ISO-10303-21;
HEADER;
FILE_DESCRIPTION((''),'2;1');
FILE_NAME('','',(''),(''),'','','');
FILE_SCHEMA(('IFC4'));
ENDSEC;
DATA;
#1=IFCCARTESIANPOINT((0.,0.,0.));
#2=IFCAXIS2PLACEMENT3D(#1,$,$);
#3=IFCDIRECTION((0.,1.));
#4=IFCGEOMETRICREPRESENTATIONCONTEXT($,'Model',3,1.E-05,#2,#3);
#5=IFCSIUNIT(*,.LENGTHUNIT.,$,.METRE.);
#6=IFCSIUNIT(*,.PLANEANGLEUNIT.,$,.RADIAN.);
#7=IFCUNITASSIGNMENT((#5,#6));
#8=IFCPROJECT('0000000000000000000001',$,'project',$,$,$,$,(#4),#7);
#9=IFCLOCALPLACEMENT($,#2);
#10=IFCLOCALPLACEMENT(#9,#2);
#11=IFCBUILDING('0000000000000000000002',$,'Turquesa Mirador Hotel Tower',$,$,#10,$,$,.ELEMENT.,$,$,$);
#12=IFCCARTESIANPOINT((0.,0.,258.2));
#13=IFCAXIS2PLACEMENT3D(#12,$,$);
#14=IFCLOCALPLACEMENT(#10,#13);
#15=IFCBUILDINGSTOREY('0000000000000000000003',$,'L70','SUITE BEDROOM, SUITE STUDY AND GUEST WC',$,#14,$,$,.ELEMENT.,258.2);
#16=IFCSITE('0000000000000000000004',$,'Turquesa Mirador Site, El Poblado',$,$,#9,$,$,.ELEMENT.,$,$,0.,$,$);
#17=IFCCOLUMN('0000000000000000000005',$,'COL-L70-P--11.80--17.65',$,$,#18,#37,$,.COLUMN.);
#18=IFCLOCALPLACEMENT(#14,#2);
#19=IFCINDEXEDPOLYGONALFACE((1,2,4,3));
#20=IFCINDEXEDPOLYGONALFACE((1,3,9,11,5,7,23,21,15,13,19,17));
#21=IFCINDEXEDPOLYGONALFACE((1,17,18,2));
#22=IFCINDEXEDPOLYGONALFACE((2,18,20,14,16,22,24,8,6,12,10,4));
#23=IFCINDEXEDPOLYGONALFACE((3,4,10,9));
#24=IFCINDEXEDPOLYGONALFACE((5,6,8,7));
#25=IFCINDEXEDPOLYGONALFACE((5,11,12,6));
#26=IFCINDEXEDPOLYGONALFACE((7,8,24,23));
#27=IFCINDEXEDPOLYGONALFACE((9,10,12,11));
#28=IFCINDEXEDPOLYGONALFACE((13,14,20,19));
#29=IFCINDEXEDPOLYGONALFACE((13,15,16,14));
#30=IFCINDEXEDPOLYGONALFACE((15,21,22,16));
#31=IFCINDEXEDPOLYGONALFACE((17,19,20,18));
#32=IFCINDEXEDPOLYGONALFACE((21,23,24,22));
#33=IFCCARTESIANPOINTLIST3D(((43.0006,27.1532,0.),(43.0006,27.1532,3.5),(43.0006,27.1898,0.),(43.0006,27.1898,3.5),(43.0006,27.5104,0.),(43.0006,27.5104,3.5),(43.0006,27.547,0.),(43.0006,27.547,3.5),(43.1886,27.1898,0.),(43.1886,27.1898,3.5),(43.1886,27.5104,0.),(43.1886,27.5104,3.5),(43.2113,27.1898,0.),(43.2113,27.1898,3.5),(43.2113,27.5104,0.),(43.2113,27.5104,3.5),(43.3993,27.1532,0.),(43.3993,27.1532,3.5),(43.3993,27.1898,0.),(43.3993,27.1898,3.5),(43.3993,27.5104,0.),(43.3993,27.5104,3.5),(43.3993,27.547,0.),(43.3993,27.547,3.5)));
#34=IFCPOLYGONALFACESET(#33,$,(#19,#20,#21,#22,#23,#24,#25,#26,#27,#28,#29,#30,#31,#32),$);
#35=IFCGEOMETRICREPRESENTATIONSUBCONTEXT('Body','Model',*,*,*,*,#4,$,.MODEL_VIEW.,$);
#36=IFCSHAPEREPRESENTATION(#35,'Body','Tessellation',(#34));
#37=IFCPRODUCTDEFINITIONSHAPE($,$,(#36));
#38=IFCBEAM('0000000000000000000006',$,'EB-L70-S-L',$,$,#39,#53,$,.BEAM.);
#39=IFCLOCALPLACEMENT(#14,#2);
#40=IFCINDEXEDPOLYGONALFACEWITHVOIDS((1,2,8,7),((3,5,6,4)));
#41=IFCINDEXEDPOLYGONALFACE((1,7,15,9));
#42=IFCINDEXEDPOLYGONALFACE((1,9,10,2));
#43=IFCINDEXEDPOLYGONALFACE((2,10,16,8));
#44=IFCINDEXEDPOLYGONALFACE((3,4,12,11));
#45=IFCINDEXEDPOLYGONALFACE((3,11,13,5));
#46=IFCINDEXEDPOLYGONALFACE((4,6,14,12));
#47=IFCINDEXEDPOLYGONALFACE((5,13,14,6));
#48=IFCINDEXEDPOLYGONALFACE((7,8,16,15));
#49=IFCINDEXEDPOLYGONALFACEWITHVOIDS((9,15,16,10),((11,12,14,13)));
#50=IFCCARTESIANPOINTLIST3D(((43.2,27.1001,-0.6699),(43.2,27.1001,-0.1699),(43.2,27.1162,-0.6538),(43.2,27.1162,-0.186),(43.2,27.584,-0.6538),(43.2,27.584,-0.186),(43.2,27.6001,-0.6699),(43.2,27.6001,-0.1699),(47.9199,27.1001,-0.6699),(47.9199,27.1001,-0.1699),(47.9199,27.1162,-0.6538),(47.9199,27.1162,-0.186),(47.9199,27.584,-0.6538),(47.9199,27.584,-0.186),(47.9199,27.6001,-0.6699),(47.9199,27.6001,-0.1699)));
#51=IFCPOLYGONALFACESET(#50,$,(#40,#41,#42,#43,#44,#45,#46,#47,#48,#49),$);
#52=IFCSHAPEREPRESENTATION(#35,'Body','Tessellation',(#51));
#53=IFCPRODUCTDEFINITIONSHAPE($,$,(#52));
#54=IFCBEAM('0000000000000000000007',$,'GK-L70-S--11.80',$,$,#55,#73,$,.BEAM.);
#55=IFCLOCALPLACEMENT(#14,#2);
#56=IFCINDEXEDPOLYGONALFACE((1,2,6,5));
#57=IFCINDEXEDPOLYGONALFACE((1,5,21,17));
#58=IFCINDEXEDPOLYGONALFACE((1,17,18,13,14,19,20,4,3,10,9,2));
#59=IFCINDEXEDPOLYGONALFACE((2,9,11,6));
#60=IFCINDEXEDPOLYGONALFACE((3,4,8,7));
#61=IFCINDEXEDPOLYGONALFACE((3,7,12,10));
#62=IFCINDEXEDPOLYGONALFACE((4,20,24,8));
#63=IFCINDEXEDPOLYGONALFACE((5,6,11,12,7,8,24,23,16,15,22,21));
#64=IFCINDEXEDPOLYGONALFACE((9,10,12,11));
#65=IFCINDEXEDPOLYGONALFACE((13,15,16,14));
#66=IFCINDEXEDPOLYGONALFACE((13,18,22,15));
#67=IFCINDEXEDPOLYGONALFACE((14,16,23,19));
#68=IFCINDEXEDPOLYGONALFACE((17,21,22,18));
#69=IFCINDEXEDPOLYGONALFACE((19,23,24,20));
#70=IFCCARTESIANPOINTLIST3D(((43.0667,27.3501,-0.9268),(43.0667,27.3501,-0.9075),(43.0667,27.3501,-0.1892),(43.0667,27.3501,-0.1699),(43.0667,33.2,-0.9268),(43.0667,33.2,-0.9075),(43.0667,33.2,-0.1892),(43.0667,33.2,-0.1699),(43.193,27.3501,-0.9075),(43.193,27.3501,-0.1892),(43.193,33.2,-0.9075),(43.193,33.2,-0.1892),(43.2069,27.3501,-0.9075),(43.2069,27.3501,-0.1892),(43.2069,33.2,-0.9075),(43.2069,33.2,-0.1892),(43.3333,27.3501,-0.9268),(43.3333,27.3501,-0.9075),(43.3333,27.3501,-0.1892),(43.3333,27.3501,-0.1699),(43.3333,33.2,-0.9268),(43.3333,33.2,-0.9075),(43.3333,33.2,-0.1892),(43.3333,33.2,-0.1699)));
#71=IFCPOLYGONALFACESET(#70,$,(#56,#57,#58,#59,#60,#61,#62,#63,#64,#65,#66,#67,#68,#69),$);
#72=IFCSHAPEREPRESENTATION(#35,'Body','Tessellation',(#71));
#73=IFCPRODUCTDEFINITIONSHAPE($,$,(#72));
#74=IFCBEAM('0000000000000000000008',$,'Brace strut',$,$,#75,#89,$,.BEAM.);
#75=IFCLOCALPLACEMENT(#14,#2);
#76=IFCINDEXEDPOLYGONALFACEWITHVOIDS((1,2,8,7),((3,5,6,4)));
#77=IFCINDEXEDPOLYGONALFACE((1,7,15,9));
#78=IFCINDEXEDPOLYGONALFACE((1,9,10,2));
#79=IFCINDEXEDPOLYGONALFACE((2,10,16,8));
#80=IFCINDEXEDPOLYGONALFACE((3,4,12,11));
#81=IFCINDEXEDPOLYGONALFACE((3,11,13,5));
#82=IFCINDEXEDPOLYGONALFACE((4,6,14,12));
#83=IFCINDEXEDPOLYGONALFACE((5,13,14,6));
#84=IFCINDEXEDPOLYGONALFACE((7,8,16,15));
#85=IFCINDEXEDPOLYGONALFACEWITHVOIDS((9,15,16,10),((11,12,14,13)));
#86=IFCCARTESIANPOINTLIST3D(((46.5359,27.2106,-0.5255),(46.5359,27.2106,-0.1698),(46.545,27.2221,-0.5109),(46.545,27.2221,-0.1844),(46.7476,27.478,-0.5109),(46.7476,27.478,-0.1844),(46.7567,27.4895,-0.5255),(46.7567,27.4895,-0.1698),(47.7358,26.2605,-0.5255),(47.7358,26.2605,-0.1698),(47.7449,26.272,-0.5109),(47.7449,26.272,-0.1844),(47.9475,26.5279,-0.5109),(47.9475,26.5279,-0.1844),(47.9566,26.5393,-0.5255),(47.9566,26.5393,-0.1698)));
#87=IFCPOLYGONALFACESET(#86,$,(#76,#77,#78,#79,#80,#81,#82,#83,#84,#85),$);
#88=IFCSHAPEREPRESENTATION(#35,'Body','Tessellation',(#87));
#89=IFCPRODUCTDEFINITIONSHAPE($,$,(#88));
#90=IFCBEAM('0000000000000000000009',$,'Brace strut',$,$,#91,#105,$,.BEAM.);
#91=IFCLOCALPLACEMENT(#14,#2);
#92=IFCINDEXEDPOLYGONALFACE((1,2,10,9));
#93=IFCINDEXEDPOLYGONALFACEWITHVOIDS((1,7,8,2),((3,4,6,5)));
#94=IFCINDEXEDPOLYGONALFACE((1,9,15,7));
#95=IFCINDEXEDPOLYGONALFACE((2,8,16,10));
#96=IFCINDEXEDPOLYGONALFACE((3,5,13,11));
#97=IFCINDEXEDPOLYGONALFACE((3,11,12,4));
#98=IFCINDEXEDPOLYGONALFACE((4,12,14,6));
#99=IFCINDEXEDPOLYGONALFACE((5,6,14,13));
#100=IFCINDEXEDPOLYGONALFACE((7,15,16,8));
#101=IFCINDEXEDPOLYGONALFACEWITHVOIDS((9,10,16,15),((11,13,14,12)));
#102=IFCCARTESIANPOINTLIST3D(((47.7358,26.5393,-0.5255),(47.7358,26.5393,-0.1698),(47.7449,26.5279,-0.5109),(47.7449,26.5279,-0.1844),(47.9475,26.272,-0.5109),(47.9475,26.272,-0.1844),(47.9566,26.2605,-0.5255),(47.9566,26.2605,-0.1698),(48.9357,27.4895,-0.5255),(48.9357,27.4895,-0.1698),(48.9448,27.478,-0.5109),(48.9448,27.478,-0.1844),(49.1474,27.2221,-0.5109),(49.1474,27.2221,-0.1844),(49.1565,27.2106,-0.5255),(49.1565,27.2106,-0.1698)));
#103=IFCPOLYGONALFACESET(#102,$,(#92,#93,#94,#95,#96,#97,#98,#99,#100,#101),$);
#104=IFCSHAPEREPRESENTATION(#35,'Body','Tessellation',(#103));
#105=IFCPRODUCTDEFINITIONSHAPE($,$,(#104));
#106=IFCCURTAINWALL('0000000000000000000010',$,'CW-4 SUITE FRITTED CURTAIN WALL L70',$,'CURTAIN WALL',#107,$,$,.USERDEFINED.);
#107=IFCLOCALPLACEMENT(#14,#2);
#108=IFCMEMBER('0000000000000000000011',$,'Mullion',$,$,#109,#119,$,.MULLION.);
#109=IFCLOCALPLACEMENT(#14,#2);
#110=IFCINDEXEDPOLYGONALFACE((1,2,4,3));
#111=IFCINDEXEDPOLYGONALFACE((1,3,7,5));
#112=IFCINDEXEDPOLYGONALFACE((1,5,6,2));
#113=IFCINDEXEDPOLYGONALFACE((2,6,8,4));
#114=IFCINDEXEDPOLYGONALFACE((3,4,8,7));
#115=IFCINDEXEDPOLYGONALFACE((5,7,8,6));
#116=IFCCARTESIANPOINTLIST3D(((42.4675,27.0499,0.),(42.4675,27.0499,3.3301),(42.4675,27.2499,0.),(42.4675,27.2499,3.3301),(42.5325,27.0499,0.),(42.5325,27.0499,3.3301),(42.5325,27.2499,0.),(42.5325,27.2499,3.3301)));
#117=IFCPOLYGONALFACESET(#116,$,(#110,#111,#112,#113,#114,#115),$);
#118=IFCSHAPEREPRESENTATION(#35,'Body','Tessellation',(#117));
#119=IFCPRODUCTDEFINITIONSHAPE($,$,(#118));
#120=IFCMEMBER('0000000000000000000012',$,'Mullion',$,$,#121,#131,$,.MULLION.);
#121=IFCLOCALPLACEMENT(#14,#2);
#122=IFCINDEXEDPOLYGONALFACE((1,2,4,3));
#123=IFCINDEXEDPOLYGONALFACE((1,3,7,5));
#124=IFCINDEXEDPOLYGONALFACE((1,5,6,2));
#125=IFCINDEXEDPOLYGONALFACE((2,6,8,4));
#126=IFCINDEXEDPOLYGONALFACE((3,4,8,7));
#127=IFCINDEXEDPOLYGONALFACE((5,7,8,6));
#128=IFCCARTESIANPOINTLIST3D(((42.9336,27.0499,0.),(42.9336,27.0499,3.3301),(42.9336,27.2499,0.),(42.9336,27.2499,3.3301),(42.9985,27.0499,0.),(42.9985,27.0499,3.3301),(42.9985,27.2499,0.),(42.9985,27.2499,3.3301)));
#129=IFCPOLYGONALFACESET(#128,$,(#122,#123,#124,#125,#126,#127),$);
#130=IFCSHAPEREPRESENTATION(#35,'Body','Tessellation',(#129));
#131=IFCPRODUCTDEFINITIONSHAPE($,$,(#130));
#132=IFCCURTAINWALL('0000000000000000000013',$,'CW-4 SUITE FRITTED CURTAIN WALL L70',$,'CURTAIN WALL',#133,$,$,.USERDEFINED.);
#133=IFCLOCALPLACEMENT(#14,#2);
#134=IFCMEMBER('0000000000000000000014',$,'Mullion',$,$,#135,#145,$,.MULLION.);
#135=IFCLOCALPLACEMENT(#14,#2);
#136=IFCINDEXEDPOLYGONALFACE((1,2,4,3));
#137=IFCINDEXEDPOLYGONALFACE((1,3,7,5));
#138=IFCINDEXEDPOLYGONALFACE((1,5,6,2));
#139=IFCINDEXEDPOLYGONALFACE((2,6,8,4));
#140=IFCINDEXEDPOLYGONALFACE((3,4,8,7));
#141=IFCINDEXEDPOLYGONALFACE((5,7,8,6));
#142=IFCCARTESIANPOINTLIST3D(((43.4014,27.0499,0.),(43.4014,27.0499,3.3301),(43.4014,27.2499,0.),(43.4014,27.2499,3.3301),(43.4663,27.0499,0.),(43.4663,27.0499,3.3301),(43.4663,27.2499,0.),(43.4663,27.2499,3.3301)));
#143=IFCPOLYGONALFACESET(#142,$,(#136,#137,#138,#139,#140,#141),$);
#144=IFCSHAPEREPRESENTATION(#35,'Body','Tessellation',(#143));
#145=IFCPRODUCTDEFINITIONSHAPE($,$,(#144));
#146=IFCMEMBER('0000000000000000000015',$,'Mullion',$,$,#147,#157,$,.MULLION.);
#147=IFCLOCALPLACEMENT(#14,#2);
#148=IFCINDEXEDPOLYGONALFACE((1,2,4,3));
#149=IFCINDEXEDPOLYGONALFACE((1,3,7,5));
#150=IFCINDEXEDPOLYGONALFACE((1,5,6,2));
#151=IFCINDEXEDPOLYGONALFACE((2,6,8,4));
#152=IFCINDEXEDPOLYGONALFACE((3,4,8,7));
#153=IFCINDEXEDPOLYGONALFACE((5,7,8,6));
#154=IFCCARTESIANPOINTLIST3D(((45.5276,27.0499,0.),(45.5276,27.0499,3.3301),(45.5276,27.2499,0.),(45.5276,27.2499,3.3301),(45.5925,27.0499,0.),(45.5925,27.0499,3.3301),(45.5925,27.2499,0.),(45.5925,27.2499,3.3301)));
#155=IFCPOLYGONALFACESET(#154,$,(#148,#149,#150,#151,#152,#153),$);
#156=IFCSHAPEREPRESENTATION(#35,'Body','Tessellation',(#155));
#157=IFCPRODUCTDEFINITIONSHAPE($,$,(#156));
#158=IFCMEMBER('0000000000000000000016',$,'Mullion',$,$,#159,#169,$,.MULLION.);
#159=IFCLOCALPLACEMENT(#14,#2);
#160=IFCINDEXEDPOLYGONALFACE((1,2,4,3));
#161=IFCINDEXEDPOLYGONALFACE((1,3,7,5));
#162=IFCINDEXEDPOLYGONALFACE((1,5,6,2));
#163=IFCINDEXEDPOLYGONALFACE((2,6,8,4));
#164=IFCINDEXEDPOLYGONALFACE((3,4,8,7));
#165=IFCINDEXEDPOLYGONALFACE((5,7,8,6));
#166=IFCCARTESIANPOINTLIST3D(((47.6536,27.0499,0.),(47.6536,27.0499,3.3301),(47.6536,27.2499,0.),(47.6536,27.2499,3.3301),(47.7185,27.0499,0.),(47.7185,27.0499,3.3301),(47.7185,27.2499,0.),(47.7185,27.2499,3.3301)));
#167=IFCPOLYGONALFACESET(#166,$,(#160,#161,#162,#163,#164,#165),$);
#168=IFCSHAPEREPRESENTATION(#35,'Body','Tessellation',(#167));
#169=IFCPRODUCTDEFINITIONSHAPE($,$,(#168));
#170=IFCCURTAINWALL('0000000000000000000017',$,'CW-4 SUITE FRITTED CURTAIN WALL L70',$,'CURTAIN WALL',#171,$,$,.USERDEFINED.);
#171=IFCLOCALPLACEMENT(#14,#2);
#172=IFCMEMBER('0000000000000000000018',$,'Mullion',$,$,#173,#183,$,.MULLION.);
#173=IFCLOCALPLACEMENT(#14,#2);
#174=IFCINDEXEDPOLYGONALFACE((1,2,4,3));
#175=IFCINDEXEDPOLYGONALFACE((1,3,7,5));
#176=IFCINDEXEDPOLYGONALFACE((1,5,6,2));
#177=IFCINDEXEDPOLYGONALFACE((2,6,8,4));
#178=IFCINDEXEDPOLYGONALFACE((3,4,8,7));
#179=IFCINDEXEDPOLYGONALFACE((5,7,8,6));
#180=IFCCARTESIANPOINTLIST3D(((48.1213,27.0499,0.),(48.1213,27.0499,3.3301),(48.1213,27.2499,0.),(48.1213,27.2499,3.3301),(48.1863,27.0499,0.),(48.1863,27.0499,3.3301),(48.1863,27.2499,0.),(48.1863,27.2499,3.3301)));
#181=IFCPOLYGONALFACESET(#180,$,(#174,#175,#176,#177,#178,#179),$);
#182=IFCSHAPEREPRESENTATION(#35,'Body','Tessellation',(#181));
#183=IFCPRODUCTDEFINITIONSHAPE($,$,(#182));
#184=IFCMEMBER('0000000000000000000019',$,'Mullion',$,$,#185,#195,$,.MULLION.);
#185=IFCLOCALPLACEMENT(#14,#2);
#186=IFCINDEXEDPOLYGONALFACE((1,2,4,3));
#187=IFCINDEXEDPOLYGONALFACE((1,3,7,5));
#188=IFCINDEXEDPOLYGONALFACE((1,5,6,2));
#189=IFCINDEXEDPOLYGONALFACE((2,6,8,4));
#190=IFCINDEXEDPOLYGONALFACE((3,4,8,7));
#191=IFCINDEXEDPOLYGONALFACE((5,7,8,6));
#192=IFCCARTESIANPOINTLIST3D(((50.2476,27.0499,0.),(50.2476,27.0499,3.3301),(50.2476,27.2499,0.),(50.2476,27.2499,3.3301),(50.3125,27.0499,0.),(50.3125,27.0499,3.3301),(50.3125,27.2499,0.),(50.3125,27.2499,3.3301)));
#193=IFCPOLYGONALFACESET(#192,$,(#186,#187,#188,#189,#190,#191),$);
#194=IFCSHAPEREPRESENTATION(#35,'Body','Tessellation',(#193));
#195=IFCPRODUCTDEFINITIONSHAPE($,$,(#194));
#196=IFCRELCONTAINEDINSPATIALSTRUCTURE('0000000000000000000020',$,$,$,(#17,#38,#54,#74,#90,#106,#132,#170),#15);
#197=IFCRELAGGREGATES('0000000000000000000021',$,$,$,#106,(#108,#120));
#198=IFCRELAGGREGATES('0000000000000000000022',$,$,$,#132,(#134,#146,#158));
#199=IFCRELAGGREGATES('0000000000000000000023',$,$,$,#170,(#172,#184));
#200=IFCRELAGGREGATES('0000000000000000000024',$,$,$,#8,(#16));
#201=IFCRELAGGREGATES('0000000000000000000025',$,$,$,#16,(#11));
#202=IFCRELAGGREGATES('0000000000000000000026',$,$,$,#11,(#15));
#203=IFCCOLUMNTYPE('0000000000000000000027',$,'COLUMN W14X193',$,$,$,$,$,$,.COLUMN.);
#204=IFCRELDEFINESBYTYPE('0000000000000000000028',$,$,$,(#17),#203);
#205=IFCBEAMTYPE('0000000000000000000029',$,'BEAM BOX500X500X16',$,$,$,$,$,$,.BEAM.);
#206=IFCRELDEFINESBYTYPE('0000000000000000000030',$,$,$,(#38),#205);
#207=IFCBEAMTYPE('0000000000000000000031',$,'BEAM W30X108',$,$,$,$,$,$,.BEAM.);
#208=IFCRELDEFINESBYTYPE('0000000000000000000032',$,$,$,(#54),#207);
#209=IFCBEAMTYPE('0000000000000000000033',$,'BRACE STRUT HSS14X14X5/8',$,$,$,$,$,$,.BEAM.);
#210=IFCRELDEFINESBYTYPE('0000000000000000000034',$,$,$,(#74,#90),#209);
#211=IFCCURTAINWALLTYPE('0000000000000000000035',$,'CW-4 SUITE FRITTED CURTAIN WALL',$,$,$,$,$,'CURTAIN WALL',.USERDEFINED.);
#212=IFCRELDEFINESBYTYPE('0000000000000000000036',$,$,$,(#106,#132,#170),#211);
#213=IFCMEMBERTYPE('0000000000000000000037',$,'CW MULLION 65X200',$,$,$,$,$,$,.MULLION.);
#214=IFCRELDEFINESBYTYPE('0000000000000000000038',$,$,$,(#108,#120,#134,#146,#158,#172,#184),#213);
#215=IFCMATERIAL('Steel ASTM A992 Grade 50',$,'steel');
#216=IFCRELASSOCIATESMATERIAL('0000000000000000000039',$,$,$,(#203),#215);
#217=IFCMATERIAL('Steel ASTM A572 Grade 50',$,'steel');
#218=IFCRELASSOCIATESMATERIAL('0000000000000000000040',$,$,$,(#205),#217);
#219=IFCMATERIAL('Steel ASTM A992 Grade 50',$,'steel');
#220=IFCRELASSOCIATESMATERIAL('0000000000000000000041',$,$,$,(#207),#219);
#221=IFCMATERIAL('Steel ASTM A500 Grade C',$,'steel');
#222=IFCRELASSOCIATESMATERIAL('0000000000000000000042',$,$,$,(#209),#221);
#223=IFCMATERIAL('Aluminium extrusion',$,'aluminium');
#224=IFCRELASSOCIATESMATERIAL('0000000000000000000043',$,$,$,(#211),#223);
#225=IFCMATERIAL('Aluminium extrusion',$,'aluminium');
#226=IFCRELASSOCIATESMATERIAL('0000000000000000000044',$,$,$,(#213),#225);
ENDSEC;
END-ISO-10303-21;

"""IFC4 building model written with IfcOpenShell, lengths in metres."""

from ifc_helpers import new_model, si_unit, direction, frame, origin, origin_2d, place, context, subcontext, project, spatial, rectangle, hollow_rectangle, i_section, extrude, material, material_profile, profile_set, type_object, element, aggregate, save


model = new_model("IFC4")

# Units and contexts
model_context = context("Model", 3, precision=1e-05, world=origin(), true_north=direction((0.0, 1.0)))
body_context = subcontext(model_context, "Body", "Model", "MODEL_VIEW")
ifc_project = project(units=[si_unit("LENGTHUNIT", "METRE"), si_unit("PLANEANGLEUNIT", "RADIAN")], contexts=[model_context])

# Site, building, storey
site_placement = place(None, origin())
site = spatial("IfcSite", under=ifc_project, at=site_placement, Name="Turquesa Mirador Site, El Poblado", CompositionType="ELEMENT", RefElevation=0.0)
building_placement = place(site_placement, origin())
building = spatial("IfcBuilding", under=site, at=building_placement, Name="Turquesa Mirador Hotel Tower", CompositionType="ELEMENT")
storey_placement = place(building_placement, frame((0.0, 0.0, 258.2)))
storey = spatial("IfcBuildingStorey", under=building, at=storey_placement, Name="L70", Description="SUITE BEDROOM, SUITE STUDY AND GUEST WC", CompositionType="ELEMENT", Elevation=258.2)

# Column
ifc_material_1 = material(Name="Steel ASTM A992 Grade 50", Category="steel")
ifc_material_profile_1 = material_profile(ifc_material_1, i_section(OverallWidth=0.3987, OverallDepth=0.3938, WebThickness=0.0227, FlangeThickness=0.0366, at=origin_2d()), Name="W14X193")
ifc_profile_set_1 = profile_set([ifc_material_profile_1], Name="Steel ASTM A992 Grade 50")
column_type = type_object("IfcColumnType", Name="COLUMN W14X193", PredefinedType="COLUMN", material=ifc_profile_set_1)
column_placement = place(storey_placement, frame((43.2, 27.3501, 0.0), z_axis=(0.0, 0.0, 1.0), x_axis=(1.0, 0.0, 0.0)))
element("IfcColumn", 1, at=column_placement, inside=storey, type_object=column_type, Name="COL-L70-P--11.80--17.65", PredefinedType="COLUMN", context=body_context, shape_type="SweptSolid", body=[
    extrude(i_section(OverallWidth=0.3987, OverallDepth=0.3938, WebThickness=0.0227, FlangeThickness=0.0366, at=origin_2d()), origin(), (0.0, 0.0, 1.0), 3.5),
])

# Beams
ifc_material_2 = material(Name="Steel ASTM A572 Grade 50", Category="steel")
ifc_material_profile_2 = material_profile(ifc_material_2, hollow_rectangle(XDim=0.5, YDim=0.5, WallThickness=0.0161, at=origin_2d()), Name="BOX500X500X16")
ifc_profile_set_2 = profile_set([ifc_material_profile_2], Name="Steel ASTM A572 Grade 50")
beam_type_1 = type_object("IfcBeamType", Name="BEAM BOX500X500X16", PredefinedType="BEAM", material=ifc_profile_set_2)
beam_1_placement = place(storey_placement, frame((43.2, 27.3501, -0.4199), z_axis=(1.0, 0.0, 0.0), x_axis=(0.0, 1.0, 0.0)))
element("IfcBeam", 2, at=beam_1_placement, inside=storey, type_object=beam_type_1, Name="EB-L70-S-L", PredefinedType="BEAM", context=body_context, shape_type="SweptSolid", body=[
    extrude(hollow_rectangle(XDim=0.5, YDim=0.5, WallThickness=0.0161, at=origin_2d()), origin(), (0.0, 0.0, 1.0), 4.72),
])
ifc_material_3 = material(Name="Steel ASTM A992 Grade 50", Category="steel")
ifc_material_profile_3 = material_profile(ifc_material_3, i_section(OverallWidth=0.2666, OverallDepth=0.7568, WebThickness=0.0139, FlangeThickness=0.0193, at=origin_2d()), Name="W30X108")
ifc_profile_set_3 = profile_set([ifc_material_profile_3], Name="Steel ASTM A992 Grade 50")
beam_type_2 = type_object("IfcBeamType", Name="BEAM W30X108", PredefinedType="BEAM", material=ifc_profile_set_3)
beam_2_placement = place(storey_placement, frame((43.2, 27.3501, -0.5483), z_axis=(0.0, 1.0, 0.0), x_axis=(-1.0, 0.0, 0.0)))
element("IfcBeam", 3, at=beam_2_placement, inside=storey, type_object=beam_type_2, Name="GK-L70-S--11.80", PredefinedType="BEAM", context=body_context, shape_type="SweptSolid", body=[
    extrude(i_section(OverallWidth=0.2666, OverallDepth=0.7568, WebThickness=0.0139, FlangeThickness=0.0193, at=origin_2d()), origin(), (0.0, 0.0, 1.0), 5.8499),
])
ifc_material_4 = material(Name="Steel ASTM A500 Grade C", Category="steel")
ifc_material_profile_4 = material_profile(ifc_material_4, hollow_rectangle(XDim=0.3557, YDim=0.3557, WallThickness=0.0146, at=origin_2d()), Name="HSS14X14X5/8")
ifc_profile_set_4 = profile_set([ifc_material_profile_4], Name="Steel ASTM A500 Grade C")
beam_type_3 = type_object("IfcBeamType", Name="BRACE STRUT HSS14X14X5/8", PredefinedType="BEAM", material=ifc_profile_set_4)
for number, where, z_axis, x_axis, name in (
    (4, (47.8462, 26.3999, -0.3477), (-0.783971, 0.620797, 0.0), (-0.620797, -0.783971, 0.0), "Brace strut"),
    (5, (47.8462, 26.3999, -0.3477), (0.783971, 0.620797, 0.0), (-0.620797, 0.783971, 0.0), "Brace strut"),
):
    element("IfcBeam", number, at=place(storey_placement, frame(where, z_axis=z_axis, x_axis=x_axis)), inside=storey, type_object=beam_type_3, Name=name, PredefinedType="BEAM", context=body_context, shape_type="SweptSolid", body=[
        extrude(hollow_rectangle(XDim=0.3557, YDim=0.3557, WallThickness=0.0146, at=origin_2d()), origin(), (0.0, 0.0, 1.0), 1.5305),
    ])

# Curtain walls, members
ifc_material_5 = material(Name="Aluminium extrusion", Category="aluminium")
curtain_wall_type = type_object("IfcCurtainWallType", Name="CW-4 SUITE FRITTED CURTAIN WALL", ElementType="CURTAIN WALL", PredefinedType="USERDEFINED", material=ifc_material_5)
curtain_wall_1_placement = place(storey_placement, origin())
curtain_wall_1 = element("IfcCurtainWall", 6, at=curtain_wall_1_placement, inside=storey, type_object=curtain_wall_type, Name="CW-4 SUITE FRITTED CURTAIN WALL L70", ObjectType="CURTAIN WALL", PredefinedType="USERDEFINED")
ifc_material_6 = material(Name="Aluminium extrusion", Category="aluminium")
ifc_material_profile_5 = material_profile(ifc_material_6, rectangle(XDim=0.0649, YDim=0.2, at=origin_2d()), Name="MULLION 65X200")
ifc_profile_set_5 = profile_set([ifc_material_profile_5], Name="Aluminium extrusion")
member_type_1 = type_object("IfcMemberType", Name="CW MULLION 65X200", PredefinedType="MULLION", material=ifc_profile_set_5)
member_1_placement = place(storey_placement, frame((42.5, 27.1499, 0.0), z_axis=(0.0, 0.0, 1.0), x_axis=(1.0, 0.0, 0.0)))
member_1 = element("IfcMember", 7, at=member_1_placement, type_object=member_type_1, Name="Mullion", PredefinedType="MULLION", context=body_context, shape_type="SweptSolid", body=[
    extrude(rectangle(XDim=0.0649, YDim=0.2, at=origin_2d()), origin(), (0.0, 0.0, 1.0), 3.3301),
])
member_2_placement = place(storey_placement, frame((42.9661, 27.1499, 0.0), z_axis=(0.0, 0.0, 1.0), x_axis=(1.0, 0.0, 0.0)))
member_2 = element("IfcMember", 8, at=member_2_placement, type_object=member_type_1, Name="Mullion", PredefinedType="MULLION", context=body_context, shape_type="SweptSolid", body=[
    extrude(rectangle(XDim=0.0649, YDim=0.2, at=origin_2d()), origin(), (0.0, 0.0, 1.0), 3.3301),
])
curtain_wall_2_placement = place(storey_placement, origin())
curtain_wall_2 = element("IfcCurtainWall", 9, at=curtain_wall_2_placement, inside=storey, type_object=curtain_wall_type, Name="CW-4 SUITE FRITTED CURTAIN WALL L70", ObjectType="CURTAIN WALL", PredefinedType="USERDEFINED")
member_3_placement = place(storey_placement, frame((43.4338, 27.1499, 0.0), z_axis=(0.0, 0.0, 1.0), x_axis=(1.0, 0.0, 0.0)))
member_3 = element("IfcMember", 10, at=member_3_placement, type_object=member_type_1, Name="Mullion", PredefinedType="MULLION", context=body_context, shape_type="SweptSolid", body=[
    extrude(rectangle(XDim=0.0649, YDim=0.2, at=origin_2d()), origin(), (0.0, 0.0, 1.0), 3.3301),
])
member_4_placement = place(storey_placement, frame((45.5601, 27.1499, 0.0), z_axis=(0.0, 0.0, 1.0), x_axis=(1.0, 0.0, 0.0)))
member_4 = element("IfcMember", 11, at=member_4_placement, type_object=member_type_1, Name="Mullion", PredefinedType="MULLION", context=body_context, shape_type="SweptSolid", body=[
    extrude(rectangle(XDim=0.0649, YDim=0.2, at=origin_2d()), origin(), (0.0, 0.0, 1.0), 3.3301),
])
member_5_placement = place(storey_placement, frame((47.686, 27.1499, 0.0), z_axis=(0.0, 0.0, 1.0), x_axis=(1.0, 0.0, 0.0)))
member_5 = element("IfcMember", 12, at=member_5_placement, type_object=member_type_1, Name="Mullion", PredefinedType="MULLION", context=body_context, shape_type="SweptSolid", body=[
    extrude(rectangle(XDim=0.0649, YDim=0.2, at=origin_2d()), origin(), (0.0, 0.0, 1.0), 3.3301),
])
curtain_wall_3_placement = place(storey_placement, origin())
curtain_wall_3 = element("IfcCurtainWall", 13, at=curtain_wall_3_placement, inside=storey, type_object=curtain_wall_type, Name="CW-4 SUITE FRITTED CURTAIN WALL L70", ObjectType="CURTAIN WALL", PredefinedType="USERDEFINED")
member_6_placement = place(storey_placement, frame((48.1538, 27.1499, 0.0), z_axis=(0.0, 0.0, 1.0), x_axis=(1.0, 0.0, 0.0)))
member_6 = element("IfcMember", 14, at=member_6_placement, type_object=member_type_1, Name="Mullion", PredefinedType="MULLION", context=body_context, shape_type="SweptSolid", body=[
    extrude(rectangle(XDim=0.0649, YDim=0.2, at=origin_2d()), origin(), (0.0, 0.0, 1.0), 3.3301),
])
member_7_placement = place(storey_placement, frame((50.28, 27.1499, 0.0), z_axis=(0.0, 0.0, 1.0), x_axis=(1.0, 0.0, 0.0)))
member_7 = element("IfcMember", 15, at=member_7_placement, type_object=member_type_1, Name="Mullion", PredefinedType="MULLION", context=body_context, shape_type="SweptSolid", body=[
    extrude(rectangle(XDim=0.0649, YDim=0.2, at=origin_2d()), origin(), (0.0, 0.0, 1.0), 3.3301),
])

aggregate(curtain_wall_1, [member_1, member_2])
aggregate(curtain_wall_2, [member_3, member_4, member_5])
aggregate(curtain_wall_3, [member_6, member_7])

save(model, "model.ifc")
